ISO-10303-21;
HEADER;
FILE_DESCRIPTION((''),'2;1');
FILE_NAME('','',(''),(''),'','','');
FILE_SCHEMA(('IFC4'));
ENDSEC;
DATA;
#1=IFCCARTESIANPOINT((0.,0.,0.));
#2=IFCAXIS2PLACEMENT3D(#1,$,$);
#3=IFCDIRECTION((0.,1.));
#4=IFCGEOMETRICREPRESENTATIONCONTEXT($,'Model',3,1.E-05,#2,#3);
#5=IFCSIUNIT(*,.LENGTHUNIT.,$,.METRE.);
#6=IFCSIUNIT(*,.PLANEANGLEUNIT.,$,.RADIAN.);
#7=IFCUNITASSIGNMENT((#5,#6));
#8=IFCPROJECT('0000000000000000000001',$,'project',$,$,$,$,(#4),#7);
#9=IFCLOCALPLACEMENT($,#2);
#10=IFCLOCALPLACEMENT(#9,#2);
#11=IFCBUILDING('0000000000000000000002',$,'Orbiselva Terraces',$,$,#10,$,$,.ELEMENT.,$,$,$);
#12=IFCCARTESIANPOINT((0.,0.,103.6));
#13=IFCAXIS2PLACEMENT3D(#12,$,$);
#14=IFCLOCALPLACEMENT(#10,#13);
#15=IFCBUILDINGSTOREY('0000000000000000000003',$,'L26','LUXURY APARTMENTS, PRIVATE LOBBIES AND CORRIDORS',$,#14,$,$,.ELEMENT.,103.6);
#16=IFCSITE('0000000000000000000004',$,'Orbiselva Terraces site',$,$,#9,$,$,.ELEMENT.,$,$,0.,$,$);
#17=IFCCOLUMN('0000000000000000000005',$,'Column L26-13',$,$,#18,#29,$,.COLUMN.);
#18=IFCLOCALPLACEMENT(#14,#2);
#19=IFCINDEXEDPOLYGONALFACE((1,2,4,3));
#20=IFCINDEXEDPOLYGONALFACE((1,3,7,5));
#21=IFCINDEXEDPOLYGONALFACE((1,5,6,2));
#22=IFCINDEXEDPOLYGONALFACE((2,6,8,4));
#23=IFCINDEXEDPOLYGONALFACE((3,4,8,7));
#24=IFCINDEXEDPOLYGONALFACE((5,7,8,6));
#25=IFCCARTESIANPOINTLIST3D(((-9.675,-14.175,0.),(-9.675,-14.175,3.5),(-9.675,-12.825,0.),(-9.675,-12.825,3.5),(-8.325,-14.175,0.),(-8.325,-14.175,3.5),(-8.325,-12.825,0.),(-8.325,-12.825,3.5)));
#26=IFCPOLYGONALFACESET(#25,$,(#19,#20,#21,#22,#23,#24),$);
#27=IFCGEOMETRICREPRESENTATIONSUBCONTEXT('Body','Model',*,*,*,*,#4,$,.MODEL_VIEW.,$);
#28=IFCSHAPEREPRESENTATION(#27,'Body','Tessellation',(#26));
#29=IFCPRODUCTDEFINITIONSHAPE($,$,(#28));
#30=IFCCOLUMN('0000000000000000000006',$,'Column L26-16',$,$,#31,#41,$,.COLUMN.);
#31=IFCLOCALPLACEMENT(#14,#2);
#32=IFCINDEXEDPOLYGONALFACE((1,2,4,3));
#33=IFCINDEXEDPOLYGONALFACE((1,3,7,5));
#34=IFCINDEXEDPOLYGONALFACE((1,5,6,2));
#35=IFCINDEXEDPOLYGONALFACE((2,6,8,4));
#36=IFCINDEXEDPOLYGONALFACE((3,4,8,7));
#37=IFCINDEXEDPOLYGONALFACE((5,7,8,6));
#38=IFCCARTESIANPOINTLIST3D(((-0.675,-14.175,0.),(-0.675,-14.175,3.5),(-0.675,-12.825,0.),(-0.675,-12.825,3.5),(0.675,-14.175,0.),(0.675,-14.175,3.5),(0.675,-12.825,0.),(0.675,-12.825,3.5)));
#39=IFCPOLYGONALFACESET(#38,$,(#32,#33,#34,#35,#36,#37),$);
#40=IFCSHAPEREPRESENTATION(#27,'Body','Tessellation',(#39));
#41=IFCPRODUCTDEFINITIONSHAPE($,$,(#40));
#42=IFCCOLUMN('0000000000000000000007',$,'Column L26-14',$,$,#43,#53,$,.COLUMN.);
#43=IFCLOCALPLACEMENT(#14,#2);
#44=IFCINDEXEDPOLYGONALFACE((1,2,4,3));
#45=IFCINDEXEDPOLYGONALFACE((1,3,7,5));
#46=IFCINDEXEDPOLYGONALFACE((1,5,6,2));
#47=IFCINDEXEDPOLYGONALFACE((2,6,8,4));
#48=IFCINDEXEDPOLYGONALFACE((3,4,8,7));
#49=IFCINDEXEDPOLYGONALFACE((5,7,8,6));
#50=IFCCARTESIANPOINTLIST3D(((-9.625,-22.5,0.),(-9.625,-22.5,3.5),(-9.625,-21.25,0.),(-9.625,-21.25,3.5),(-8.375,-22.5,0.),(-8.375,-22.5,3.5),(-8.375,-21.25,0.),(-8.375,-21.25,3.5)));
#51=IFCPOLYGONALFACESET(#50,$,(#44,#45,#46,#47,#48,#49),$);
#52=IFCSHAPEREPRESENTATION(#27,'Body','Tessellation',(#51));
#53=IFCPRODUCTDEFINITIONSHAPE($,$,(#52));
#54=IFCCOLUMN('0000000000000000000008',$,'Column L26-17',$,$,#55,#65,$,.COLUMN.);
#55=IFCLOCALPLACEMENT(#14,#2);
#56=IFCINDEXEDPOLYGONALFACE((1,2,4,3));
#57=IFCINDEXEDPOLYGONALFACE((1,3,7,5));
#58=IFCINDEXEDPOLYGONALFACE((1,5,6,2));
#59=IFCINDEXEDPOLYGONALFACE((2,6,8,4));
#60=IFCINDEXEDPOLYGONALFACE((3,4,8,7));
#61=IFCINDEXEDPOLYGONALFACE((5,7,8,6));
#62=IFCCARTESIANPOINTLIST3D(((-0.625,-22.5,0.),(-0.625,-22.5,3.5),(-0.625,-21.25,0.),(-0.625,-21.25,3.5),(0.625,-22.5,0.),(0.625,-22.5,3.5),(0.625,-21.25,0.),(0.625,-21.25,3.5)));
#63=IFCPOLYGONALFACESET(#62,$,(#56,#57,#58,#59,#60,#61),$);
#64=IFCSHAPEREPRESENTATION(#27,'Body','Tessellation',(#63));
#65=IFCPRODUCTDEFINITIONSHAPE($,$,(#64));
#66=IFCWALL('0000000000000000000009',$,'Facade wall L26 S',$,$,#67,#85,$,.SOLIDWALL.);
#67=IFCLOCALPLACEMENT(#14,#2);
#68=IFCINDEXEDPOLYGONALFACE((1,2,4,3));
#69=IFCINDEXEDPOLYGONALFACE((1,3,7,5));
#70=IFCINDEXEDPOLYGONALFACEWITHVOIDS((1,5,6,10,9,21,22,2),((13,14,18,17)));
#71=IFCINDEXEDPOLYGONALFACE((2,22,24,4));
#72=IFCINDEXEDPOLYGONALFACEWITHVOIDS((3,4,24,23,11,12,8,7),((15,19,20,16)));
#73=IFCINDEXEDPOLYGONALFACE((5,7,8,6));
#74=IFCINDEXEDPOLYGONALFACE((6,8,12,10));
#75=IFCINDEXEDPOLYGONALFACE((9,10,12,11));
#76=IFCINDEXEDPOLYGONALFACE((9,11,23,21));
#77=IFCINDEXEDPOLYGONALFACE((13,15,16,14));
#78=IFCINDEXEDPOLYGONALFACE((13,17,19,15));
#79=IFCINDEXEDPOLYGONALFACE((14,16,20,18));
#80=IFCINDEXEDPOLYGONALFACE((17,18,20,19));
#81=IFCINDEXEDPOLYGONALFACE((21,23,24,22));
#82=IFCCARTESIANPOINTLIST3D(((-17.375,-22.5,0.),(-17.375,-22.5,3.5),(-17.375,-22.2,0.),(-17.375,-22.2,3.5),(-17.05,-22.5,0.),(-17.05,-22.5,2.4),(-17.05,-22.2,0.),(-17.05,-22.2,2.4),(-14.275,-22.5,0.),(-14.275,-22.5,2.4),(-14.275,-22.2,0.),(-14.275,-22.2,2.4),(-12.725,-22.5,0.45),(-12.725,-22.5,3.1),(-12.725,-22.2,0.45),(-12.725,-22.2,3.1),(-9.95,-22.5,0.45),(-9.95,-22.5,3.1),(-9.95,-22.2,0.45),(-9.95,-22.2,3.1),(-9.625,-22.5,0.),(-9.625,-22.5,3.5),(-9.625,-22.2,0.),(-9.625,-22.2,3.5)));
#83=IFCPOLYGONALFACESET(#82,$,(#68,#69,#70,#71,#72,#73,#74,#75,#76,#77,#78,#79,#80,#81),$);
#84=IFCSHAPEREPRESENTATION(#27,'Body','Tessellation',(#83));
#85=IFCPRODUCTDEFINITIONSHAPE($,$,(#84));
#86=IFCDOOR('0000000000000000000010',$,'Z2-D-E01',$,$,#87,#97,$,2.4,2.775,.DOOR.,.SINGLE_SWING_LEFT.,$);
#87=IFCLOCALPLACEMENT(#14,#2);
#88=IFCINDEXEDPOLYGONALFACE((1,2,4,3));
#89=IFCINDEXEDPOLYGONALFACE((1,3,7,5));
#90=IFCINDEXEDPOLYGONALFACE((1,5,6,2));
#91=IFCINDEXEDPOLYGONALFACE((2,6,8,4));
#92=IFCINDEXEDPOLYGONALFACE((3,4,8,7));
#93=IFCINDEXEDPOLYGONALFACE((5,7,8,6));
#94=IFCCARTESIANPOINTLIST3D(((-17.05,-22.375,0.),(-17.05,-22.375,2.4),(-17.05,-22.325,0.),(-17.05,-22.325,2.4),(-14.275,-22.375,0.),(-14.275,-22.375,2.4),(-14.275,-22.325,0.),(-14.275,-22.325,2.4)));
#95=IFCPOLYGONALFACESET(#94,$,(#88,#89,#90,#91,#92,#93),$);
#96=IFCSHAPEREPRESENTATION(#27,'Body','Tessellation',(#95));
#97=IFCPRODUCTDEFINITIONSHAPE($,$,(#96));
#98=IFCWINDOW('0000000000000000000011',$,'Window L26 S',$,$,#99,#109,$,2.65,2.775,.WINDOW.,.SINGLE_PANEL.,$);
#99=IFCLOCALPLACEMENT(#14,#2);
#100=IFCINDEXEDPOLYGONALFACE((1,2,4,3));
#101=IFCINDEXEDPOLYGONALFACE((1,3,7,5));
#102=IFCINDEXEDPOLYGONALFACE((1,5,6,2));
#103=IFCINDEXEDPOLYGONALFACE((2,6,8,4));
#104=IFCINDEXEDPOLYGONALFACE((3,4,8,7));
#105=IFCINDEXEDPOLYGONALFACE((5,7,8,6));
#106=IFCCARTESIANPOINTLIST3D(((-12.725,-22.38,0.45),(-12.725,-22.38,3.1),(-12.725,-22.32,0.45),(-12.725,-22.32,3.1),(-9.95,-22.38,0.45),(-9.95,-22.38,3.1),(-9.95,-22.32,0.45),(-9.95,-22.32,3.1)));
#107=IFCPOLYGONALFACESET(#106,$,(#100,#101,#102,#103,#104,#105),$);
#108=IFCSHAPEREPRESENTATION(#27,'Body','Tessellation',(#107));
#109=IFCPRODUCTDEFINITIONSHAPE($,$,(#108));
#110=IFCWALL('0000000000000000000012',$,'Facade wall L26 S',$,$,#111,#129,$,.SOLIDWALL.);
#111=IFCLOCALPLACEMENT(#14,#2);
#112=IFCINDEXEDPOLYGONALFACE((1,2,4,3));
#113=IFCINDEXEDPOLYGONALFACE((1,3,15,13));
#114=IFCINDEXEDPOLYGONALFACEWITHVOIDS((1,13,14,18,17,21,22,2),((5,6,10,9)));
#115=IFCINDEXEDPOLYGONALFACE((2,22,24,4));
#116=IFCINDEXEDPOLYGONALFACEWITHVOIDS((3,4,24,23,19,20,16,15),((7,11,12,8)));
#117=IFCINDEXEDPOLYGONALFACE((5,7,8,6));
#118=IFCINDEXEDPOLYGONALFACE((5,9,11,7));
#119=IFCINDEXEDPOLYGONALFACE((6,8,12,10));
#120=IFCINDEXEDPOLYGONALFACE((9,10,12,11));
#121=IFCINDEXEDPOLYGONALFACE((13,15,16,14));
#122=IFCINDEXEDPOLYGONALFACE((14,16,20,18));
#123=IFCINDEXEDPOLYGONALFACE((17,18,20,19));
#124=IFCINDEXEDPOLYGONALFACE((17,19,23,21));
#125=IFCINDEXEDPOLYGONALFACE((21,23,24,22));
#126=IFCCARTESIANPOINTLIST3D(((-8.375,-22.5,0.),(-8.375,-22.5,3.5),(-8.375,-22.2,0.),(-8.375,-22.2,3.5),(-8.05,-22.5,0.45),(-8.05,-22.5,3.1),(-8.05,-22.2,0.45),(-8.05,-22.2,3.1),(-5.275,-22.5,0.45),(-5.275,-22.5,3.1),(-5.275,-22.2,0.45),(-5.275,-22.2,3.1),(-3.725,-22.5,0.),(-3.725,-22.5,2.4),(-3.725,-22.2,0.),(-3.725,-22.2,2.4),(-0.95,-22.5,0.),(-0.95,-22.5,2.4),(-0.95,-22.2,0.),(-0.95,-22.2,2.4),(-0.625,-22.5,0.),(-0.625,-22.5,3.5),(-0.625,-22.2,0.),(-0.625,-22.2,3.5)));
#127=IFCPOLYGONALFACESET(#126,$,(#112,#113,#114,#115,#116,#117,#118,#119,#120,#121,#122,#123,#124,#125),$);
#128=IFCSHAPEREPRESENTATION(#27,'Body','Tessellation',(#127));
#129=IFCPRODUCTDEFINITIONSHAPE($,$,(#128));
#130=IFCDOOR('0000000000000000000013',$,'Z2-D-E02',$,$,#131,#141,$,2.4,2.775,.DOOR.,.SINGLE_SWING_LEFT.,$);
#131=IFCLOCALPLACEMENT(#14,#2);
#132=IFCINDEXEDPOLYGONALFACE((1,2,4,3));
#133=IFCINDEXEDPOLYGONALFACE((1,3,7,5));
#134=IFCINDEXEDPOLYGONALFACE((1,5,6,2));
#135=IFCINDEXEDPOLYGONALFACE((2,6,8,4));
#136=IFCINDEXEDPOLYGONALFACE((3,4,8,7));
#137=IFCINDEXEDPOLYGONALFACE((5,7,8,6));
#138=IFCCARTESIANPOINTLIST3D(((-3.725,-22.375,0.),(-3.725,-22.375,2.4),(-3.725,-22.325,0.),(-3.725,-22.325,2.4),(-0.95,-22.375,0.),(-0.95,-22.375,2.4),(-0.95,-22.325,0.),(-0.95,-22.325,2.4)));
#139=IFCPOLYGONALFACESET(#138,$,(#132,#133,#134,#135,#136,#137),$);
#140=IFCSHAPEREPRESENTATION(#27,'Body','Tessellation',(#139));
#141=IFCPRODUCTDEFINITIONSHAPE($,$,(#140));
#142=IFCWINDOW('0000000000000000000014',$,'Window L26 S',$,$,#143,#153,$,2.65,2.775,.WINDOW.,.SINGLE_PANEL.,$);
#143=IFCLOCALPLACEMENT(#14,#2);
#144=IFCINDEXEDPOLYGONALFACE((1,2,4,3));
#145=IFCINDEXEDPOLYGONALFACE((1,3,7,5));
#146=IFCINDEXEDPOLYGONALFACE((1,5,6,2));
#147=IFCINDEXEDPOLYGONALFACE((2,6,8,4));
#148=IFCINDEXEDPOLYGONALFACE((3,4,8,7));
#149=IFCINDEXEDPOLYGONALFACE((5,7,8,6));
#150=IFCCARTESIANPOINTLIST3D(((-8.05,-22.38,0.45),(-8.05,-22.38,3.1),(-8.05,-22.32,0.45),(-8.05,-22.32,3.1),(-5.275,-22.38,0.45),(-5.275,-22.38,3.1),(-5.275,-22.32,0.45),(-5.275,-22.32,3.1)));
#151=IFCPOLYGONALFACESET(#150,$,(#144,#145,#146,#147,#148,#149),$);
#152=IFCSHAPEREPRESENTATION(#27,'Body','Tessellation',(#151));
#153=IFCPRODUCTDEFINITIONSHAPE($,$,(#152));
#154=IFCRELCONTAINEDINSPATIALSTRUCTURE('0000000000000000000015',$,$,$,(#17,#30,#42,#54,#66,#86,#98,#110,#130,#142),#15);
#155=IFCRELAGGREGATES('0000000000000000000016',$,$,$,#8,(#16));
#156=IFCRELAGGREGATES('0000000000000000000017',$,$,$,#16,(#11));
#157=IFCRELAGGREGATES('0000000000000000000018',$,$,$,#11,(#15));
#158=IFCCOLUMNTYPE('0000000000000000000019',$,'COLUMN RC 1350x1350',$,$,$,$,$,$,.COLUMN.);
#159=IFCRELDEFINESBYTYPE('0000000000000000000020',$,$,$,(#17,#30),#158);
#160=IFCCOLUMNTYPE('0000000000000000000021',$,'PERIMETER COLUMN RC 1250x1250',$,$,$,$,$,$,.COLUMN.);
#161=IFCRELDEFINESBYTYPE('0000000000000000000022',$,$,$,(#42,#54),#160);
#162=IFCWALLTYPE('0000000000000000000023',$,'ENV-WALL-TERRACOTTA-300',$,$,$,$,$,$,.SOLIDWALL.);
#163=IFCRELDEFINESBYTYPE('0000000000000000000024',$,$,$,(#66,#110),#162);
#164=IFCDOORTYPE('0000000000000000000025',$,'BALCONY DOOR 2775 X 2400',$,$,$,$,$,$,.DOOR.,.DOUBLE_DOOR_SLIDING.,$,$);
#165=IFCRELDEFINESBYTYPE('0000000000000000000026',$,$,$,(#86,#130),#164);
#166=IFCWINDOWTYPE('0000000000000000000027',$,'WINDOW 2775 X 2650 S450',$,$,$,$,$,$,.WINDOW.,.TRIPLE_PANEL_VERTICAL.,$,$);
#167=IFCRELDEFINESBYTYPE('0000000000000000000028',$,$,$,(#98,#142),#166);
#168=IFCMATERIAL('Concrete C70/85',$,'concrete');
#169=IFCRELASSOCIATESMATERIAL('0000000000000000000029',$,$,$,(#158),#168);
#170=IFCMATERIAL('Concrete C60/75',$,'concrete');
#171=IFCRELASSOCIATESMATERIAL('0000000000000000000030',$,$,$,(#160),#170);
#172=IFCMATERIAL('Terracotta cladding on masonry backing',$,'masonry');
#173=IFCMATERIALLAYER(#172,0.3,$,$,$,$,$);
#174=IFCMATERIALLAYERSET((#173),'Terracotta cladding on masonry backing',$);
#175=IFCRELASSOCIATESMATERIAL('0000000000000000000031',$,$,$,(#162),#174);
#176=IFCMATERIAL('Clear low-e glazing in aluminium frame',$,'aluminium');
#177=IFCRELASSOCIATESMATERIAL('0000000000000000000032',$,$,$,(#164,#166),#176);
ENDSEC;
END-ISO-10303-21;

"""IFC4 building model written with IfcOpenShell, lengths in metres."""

from ifc_helpers import new_model, si_unit, direction, frame, frame_2d, origin, origin_2d, place, context, subcontext, project, spatial, rectangle, extrude, material, layer, layer_set, material_profile, profile_set, type_object, element, fill, save


model = new_model("IFC4")

# Units and contexts
model_context = context("Model", 3, precision=1e-05, world=origin(), true_north=direction((0.0, 1.0)))
body_context = subcontext(model_context, "Body", "Model", "MODEL_VIEW")
ifc_project = project(units=[si_unit("LENGTHUNIT", "METRE"), si_unit("PLANEANGLEUNIT", "RADIAN")], contexts=[model_context])

# Site, building, storey
site_placement = place(None, origin())
site = spatial("IfcSite", under=ifc_project, at=site_placement, Name="Orbiselva Terraces site", CompositionType="ELEMENT", RefElevation=0.0)
building_placement = place(site_placement, origin())
building = spatial("IfcBuilding", under=site, at=building_placement, Name="Orbiselva Terraces", CompositionType="ELEMENT")
storey_placement = place(building_placement, frame((0.0, 0.0, 103.6)))
storey = spatial("IfcBuildingStorey", under=building, at=storey_placement, Name="L26", Description="LUXURY APARTMENTS, PRIVATE LOBBIES AND CORRIDORS", CompositionType="ELEMENT", Elevation=103.6)

# Columns
ifc_material_1 = material(Name="Concrete C70/85", Category="concrete")
ifc_material_profile_1 = material_profile(ifc_material_1, rectangle(XDim=1.35, YDim=1.35, at=origin_2d()), Name="RC 1350x1350")
ifc_profile_set_1 = profile_set([ifc_material_profile_1], Name="Concrete C70/85")
column_type_1 = type_object("IfcColumnType", Name="COLUMN RC 1350x1350", PredefinedType="COLUMN", material=ifc_profile_set_1)
for number, where, z_axis, x_axis, name in (
    (1, (-9.0, -13.5, 0.0), (0.0, 0.0, 1.0), (1.0, 0.0, 0.0), "Column L26-13"),
    (2, (0.0, -13.5, 0.0), (0.0, 0.0, 1.0), (1.0, 0.0, 0.0), "Column L26-16"),
):
    element("IfcColumn", number, at=place(storey_placement, frame(where, z_axis=z_axis, x_axis=x_axis)), inside=storey, type_object=column_type_1, Name=name, PredefinedType="COLUMN", context=body_context, shape_type="SweptSolid", body=[
        extrude(rectangle(XDim=1.35, YDim=1.35, at=origin_2d()), origin(), (0.0, 0.0, 1.0), 3.5),
    ])
ifc_material_2 = material(Name="Concrete C60/75", Category="concrete")
ifc_material_profile_2 = material_profile(ifc_material_2, rectangle(XDim=1.25, YDim=1.25, at=origin_2d()), Name="RC 1250x1250")
ifc_profile_set_2 = profile_set([ifc_material_profile_2], Name="Concrete C60/75")
column_type_2 = type_object("IfcColumnType", Name="PERIMETER COLUMN RC 1250x1250", PredefinedType="COLUMN", material=ifc_profile_set_2)
for number, where, z_axis, x_axis, name in (
    (3, (-9.0, -21.875, 0.0), (0.0, 0.0, 1.0), (1.0, 0.0, 0.0), "Column L26-14"),
    (4, (0.0, -21.875, 0.0), (0.0, 0.0, 1.0), (1.0, 0.0, 0.0), "Column L26-17"),
):
    element("IfcColumn", number, at=place(storey_placement, frame(where, z_axis=z_axis, x_axis=x_axis)), inside=storey, type_object=column_type_2, Name=name, PredefinedType="COLUMN", context=body_context, shape_type="SweptSolid", body=[
        extrude(rectangle(XDim=1.25, YDim=1.25, at=origin_2d()), origin(), (0.0, 0.0, 1.0), 3.5),
    ])

# Walls, openings, doors, windows
ifc_material_3 = material(Name="Terracotta cladding on masonry backing", Category="masonry")
ifc_layer_1 = layer(ifc_material_3, 0.3)
ifc_layer_set_1 = layer_set([ifc_layer_1], Name="Terracotta cladding on masonry backing")
wall_type_1 = type_object("IfcWallType", Name="ENV-WALL-TERRACOTTA-300", PredefinedType="SOLIDWALL", material=ifc_layer_set_1)
wall_1_placement = place(storey_placement, frame((-9.625, -22.35, 0.0), z_axis=(0.0, 0.0, 1.0), x_axis=(-1.0, 0.0, 0.0)))
wall_1 = element("IfcWall", 5, at=wall_1_placement, inside=storey, type_object=wall_type_1, Name="Facade wall L26 S", PredefinedType="SOLIDWALL", context=body_context, shape_type="SweptSolid", body=[
    extrude(rectangle(XDim=7.75, YDim=0.3, at=frame_2d((3.875, 0.0))), origin(), (0.0, 0.0, 1.0), 3.5),
])
opening_1_placement = place(wall_1_placement, frame((4.65, 0.0, 0.0)))
opening_1 = element("IfcOpeningElement", 6, at=opening_1_placement, cuts=wall_1, PredefinedType="OPENING", context=body_context, shape_type="SweptSolid", body=[
    extrude(rectangle(XDim=2.775, YDim=2.4, at=frame_2d((1.3875, 1.2))), frame((0.0, 0.16, 0.0), z_axis=(0.0, -1.0, 0.0), x_axis=(1.0, 0.0, 0.0)), (0.0, 0.0, 1.0), 0.32),
])
opening_2_placement = place(wall_1_placement, frame((0.325, 0.0, 0.45)))
opening_2 = element("IfcOpeningElement", 7, at=opening_2_placement, cuts=wall_1, PredefinedType="OPENING", context=body_context, shape_type="SweptSolid", body=[
    extrude(rectangle(XDim=2.775, YDim=2.65, at=frame_2d((1.3875, 1.325))), frame((0.0, 0.16, 0.0), z_axis=(0.0, -1.0, 0.0), x_axis=(1.0, 0.0, 0.0)), (0.0, 0.0, 1.0), 0.32),
])
ifc_material_4 = material(Name="Clear low-e glazing in aluminium frame", Category="aluminium")
door_type_1 = type_object("IfcDoorType", Name="BALCONY DOOR 2775 X 2400", OperationType="DOUBLE_DOOR_SLIDING", PredefinedType="DOOR", material=ifc_material_4)
door_1_placement = place(opening_1_placement, origin())
door_1 = element("IfcDoor", 8, at=door_1_placement, inside=storey, type_object=door_type_1, Name="Z2-D-E01", OperationType="SINGLE_SWING_LEFT", OverallHeight=2.4, OverallWidth=2.775, PredefinedType="DOOR", context=body_context, shape_type="SweptSolid", body=[
    extrude(rectangle(XDim=2.775, YDim=2.4, at=frame_2d((1.3875, 1.2))), frame((0.0, 0.025, 0.0), z_axis=(0.0, -1.0, 0.0), x_axis=(1.0, 0.0, 0.0)), (0.0, 0.0, 1.0), 0.05),
])
fill(opening_1, door_1)
window_type = type_object("IfcWindowType", Name="WINDOW 2775 X 2650 S450", PartitioningType="TRIPLE_PANEL_VERTICAL", PredefinedType="WINDOW", material=ifc_material_4)
window_1_placement = place(opening_2_placement, origin())
window_1 = element("IfcWindow", 9, at=window_1_placement, inside=storey, type_object=window_type, Name="Window L26 S", OverallHeight=2.65, OverallWidth=2.775, PartitioningType="SINGLE_PANEL", PredefinedType="WINDOW", context=body_context, shape_type="SweptSolid", body=[
    extrude(rectangle(XDim=2.775, YDim=2.65, at=frame_2d((1.3875, 1.325))), frame((0.0, 0.03, 0.0), z_axis=(0.0, -1.0, 0.0), x_axis=(1.0, 0.0, 0.0)), (0.0, 0.0, 1.0), 0.06),
])
fill(opening_2, window_1)
wall_2_placement = place(storey_placement, frame((-0.625, -22.35, 0.0), z_axis=(0.0, 0.0, 1.0), x_axis=(-1.0, 0.0, 0.0)))
wall_2 = element("IfcWall", 10, at=wall_2_placement, inside=storey, type_object=wall_type_1, Name="Facade wall L26 S", PredefinedType="SOLIDWALL", context=body_context, shape_type="SweptSolid", body=[
    extrude(rectangle(XDim=7.75, YDim=0.3, at=frame_2d((3.875, 0.0))), origin(), (0.0, 0.0, 1.0), 3.5),
])
opening_3_placement = place(wall_2_placement, frame((4.65, 0.0, 0.45)))
opening_3 = element("IfcOpeningElement", 11, at=opening_3_placement, cuts=wall_2, PredefinedType="OPENING", context=body_context, shape_type="SweptSolid", body=[
    extrude(rectangle(XDim=2.775, YDim=2.65, at=frame_2d((1.3875, 1.325))), frame((0.0, 0.16, 0.0), z_axis=(0.0, -1.0, 0.0), x_axis=(1.0, 0.0, 0.0)), (0.0, 0.0, 1.0), 0.32),
])
opening_4_placement = place(wall_2_placement, frame((0.325, 0.0, 0.0)))
opening_4 = element("IfcOpeningElement", 12, at=opening_4_placement, cuts=wall_2, PredefinedType="OPENING", context=body_context, shape_type="SweptSolid", body=[
    extrude(rectangle(XDim=2.775, YDim=2.4, at=frame_2d((1.3875, 1.2))), frame((0.0, 0.16, 0.0), z_axis=(0.0, -1.0, 0.0), x_axis=(1.0, 0.0, 0.0)), (0.0, 0.0, 1.0), 0.32),
])
door_2_placement = place(opening_4_placement, origin())
door_2 = element("IfcDoor", 13, at=door_2_placement, inside=storey, type_object=door_type_1, Name="Z2-D-E02", OperationType="SINGLE_SWING_LEFT", OverallHeight=2.4, OverallWidth=2.775, PredefinedType="DOOR", context=body_context, shape_type="SweptSolid", body=[
    extrude(rectangle(XDim=2.775, YDim=2.4, at=frame_2d((1.3875, 1.2))), frame((0.0, 0.025, 0.0), z_axis=(0.0, -1.0, 0.0), x_axis=(1.0, 0.0, 0.0)), (0.0, 0.0, 1.0), 0.05),
])
fill(opening_4, door_2)
window_2_placement = place(opening_3_placement, origin())
window_2 = element("IfcWindow", 14, at=window_2_placement, inside=storey, type_object=window_type, Name="Window L26 S", OverallHeight=2.65, OverallWidth=2.775, PartitioningType="SINGLE_PANEL", PredefinedType="WINDOW", context=body_context, shape_type="SweptSolid", body=[
    extrude(rectangle(XDim=2.775, YDim=2.65, at=frame_2d((1.3875, 1.325))), frame((0.0, 0.03, 0.0), z_axis=(0.0, -1.0, 0.0), x_axis=(1.0, 0.0, 0.0)), (0.0, 0.0, 1.0), 0.06),
])
fill(opening_3, window_2)

save(model, "model.ifc")
